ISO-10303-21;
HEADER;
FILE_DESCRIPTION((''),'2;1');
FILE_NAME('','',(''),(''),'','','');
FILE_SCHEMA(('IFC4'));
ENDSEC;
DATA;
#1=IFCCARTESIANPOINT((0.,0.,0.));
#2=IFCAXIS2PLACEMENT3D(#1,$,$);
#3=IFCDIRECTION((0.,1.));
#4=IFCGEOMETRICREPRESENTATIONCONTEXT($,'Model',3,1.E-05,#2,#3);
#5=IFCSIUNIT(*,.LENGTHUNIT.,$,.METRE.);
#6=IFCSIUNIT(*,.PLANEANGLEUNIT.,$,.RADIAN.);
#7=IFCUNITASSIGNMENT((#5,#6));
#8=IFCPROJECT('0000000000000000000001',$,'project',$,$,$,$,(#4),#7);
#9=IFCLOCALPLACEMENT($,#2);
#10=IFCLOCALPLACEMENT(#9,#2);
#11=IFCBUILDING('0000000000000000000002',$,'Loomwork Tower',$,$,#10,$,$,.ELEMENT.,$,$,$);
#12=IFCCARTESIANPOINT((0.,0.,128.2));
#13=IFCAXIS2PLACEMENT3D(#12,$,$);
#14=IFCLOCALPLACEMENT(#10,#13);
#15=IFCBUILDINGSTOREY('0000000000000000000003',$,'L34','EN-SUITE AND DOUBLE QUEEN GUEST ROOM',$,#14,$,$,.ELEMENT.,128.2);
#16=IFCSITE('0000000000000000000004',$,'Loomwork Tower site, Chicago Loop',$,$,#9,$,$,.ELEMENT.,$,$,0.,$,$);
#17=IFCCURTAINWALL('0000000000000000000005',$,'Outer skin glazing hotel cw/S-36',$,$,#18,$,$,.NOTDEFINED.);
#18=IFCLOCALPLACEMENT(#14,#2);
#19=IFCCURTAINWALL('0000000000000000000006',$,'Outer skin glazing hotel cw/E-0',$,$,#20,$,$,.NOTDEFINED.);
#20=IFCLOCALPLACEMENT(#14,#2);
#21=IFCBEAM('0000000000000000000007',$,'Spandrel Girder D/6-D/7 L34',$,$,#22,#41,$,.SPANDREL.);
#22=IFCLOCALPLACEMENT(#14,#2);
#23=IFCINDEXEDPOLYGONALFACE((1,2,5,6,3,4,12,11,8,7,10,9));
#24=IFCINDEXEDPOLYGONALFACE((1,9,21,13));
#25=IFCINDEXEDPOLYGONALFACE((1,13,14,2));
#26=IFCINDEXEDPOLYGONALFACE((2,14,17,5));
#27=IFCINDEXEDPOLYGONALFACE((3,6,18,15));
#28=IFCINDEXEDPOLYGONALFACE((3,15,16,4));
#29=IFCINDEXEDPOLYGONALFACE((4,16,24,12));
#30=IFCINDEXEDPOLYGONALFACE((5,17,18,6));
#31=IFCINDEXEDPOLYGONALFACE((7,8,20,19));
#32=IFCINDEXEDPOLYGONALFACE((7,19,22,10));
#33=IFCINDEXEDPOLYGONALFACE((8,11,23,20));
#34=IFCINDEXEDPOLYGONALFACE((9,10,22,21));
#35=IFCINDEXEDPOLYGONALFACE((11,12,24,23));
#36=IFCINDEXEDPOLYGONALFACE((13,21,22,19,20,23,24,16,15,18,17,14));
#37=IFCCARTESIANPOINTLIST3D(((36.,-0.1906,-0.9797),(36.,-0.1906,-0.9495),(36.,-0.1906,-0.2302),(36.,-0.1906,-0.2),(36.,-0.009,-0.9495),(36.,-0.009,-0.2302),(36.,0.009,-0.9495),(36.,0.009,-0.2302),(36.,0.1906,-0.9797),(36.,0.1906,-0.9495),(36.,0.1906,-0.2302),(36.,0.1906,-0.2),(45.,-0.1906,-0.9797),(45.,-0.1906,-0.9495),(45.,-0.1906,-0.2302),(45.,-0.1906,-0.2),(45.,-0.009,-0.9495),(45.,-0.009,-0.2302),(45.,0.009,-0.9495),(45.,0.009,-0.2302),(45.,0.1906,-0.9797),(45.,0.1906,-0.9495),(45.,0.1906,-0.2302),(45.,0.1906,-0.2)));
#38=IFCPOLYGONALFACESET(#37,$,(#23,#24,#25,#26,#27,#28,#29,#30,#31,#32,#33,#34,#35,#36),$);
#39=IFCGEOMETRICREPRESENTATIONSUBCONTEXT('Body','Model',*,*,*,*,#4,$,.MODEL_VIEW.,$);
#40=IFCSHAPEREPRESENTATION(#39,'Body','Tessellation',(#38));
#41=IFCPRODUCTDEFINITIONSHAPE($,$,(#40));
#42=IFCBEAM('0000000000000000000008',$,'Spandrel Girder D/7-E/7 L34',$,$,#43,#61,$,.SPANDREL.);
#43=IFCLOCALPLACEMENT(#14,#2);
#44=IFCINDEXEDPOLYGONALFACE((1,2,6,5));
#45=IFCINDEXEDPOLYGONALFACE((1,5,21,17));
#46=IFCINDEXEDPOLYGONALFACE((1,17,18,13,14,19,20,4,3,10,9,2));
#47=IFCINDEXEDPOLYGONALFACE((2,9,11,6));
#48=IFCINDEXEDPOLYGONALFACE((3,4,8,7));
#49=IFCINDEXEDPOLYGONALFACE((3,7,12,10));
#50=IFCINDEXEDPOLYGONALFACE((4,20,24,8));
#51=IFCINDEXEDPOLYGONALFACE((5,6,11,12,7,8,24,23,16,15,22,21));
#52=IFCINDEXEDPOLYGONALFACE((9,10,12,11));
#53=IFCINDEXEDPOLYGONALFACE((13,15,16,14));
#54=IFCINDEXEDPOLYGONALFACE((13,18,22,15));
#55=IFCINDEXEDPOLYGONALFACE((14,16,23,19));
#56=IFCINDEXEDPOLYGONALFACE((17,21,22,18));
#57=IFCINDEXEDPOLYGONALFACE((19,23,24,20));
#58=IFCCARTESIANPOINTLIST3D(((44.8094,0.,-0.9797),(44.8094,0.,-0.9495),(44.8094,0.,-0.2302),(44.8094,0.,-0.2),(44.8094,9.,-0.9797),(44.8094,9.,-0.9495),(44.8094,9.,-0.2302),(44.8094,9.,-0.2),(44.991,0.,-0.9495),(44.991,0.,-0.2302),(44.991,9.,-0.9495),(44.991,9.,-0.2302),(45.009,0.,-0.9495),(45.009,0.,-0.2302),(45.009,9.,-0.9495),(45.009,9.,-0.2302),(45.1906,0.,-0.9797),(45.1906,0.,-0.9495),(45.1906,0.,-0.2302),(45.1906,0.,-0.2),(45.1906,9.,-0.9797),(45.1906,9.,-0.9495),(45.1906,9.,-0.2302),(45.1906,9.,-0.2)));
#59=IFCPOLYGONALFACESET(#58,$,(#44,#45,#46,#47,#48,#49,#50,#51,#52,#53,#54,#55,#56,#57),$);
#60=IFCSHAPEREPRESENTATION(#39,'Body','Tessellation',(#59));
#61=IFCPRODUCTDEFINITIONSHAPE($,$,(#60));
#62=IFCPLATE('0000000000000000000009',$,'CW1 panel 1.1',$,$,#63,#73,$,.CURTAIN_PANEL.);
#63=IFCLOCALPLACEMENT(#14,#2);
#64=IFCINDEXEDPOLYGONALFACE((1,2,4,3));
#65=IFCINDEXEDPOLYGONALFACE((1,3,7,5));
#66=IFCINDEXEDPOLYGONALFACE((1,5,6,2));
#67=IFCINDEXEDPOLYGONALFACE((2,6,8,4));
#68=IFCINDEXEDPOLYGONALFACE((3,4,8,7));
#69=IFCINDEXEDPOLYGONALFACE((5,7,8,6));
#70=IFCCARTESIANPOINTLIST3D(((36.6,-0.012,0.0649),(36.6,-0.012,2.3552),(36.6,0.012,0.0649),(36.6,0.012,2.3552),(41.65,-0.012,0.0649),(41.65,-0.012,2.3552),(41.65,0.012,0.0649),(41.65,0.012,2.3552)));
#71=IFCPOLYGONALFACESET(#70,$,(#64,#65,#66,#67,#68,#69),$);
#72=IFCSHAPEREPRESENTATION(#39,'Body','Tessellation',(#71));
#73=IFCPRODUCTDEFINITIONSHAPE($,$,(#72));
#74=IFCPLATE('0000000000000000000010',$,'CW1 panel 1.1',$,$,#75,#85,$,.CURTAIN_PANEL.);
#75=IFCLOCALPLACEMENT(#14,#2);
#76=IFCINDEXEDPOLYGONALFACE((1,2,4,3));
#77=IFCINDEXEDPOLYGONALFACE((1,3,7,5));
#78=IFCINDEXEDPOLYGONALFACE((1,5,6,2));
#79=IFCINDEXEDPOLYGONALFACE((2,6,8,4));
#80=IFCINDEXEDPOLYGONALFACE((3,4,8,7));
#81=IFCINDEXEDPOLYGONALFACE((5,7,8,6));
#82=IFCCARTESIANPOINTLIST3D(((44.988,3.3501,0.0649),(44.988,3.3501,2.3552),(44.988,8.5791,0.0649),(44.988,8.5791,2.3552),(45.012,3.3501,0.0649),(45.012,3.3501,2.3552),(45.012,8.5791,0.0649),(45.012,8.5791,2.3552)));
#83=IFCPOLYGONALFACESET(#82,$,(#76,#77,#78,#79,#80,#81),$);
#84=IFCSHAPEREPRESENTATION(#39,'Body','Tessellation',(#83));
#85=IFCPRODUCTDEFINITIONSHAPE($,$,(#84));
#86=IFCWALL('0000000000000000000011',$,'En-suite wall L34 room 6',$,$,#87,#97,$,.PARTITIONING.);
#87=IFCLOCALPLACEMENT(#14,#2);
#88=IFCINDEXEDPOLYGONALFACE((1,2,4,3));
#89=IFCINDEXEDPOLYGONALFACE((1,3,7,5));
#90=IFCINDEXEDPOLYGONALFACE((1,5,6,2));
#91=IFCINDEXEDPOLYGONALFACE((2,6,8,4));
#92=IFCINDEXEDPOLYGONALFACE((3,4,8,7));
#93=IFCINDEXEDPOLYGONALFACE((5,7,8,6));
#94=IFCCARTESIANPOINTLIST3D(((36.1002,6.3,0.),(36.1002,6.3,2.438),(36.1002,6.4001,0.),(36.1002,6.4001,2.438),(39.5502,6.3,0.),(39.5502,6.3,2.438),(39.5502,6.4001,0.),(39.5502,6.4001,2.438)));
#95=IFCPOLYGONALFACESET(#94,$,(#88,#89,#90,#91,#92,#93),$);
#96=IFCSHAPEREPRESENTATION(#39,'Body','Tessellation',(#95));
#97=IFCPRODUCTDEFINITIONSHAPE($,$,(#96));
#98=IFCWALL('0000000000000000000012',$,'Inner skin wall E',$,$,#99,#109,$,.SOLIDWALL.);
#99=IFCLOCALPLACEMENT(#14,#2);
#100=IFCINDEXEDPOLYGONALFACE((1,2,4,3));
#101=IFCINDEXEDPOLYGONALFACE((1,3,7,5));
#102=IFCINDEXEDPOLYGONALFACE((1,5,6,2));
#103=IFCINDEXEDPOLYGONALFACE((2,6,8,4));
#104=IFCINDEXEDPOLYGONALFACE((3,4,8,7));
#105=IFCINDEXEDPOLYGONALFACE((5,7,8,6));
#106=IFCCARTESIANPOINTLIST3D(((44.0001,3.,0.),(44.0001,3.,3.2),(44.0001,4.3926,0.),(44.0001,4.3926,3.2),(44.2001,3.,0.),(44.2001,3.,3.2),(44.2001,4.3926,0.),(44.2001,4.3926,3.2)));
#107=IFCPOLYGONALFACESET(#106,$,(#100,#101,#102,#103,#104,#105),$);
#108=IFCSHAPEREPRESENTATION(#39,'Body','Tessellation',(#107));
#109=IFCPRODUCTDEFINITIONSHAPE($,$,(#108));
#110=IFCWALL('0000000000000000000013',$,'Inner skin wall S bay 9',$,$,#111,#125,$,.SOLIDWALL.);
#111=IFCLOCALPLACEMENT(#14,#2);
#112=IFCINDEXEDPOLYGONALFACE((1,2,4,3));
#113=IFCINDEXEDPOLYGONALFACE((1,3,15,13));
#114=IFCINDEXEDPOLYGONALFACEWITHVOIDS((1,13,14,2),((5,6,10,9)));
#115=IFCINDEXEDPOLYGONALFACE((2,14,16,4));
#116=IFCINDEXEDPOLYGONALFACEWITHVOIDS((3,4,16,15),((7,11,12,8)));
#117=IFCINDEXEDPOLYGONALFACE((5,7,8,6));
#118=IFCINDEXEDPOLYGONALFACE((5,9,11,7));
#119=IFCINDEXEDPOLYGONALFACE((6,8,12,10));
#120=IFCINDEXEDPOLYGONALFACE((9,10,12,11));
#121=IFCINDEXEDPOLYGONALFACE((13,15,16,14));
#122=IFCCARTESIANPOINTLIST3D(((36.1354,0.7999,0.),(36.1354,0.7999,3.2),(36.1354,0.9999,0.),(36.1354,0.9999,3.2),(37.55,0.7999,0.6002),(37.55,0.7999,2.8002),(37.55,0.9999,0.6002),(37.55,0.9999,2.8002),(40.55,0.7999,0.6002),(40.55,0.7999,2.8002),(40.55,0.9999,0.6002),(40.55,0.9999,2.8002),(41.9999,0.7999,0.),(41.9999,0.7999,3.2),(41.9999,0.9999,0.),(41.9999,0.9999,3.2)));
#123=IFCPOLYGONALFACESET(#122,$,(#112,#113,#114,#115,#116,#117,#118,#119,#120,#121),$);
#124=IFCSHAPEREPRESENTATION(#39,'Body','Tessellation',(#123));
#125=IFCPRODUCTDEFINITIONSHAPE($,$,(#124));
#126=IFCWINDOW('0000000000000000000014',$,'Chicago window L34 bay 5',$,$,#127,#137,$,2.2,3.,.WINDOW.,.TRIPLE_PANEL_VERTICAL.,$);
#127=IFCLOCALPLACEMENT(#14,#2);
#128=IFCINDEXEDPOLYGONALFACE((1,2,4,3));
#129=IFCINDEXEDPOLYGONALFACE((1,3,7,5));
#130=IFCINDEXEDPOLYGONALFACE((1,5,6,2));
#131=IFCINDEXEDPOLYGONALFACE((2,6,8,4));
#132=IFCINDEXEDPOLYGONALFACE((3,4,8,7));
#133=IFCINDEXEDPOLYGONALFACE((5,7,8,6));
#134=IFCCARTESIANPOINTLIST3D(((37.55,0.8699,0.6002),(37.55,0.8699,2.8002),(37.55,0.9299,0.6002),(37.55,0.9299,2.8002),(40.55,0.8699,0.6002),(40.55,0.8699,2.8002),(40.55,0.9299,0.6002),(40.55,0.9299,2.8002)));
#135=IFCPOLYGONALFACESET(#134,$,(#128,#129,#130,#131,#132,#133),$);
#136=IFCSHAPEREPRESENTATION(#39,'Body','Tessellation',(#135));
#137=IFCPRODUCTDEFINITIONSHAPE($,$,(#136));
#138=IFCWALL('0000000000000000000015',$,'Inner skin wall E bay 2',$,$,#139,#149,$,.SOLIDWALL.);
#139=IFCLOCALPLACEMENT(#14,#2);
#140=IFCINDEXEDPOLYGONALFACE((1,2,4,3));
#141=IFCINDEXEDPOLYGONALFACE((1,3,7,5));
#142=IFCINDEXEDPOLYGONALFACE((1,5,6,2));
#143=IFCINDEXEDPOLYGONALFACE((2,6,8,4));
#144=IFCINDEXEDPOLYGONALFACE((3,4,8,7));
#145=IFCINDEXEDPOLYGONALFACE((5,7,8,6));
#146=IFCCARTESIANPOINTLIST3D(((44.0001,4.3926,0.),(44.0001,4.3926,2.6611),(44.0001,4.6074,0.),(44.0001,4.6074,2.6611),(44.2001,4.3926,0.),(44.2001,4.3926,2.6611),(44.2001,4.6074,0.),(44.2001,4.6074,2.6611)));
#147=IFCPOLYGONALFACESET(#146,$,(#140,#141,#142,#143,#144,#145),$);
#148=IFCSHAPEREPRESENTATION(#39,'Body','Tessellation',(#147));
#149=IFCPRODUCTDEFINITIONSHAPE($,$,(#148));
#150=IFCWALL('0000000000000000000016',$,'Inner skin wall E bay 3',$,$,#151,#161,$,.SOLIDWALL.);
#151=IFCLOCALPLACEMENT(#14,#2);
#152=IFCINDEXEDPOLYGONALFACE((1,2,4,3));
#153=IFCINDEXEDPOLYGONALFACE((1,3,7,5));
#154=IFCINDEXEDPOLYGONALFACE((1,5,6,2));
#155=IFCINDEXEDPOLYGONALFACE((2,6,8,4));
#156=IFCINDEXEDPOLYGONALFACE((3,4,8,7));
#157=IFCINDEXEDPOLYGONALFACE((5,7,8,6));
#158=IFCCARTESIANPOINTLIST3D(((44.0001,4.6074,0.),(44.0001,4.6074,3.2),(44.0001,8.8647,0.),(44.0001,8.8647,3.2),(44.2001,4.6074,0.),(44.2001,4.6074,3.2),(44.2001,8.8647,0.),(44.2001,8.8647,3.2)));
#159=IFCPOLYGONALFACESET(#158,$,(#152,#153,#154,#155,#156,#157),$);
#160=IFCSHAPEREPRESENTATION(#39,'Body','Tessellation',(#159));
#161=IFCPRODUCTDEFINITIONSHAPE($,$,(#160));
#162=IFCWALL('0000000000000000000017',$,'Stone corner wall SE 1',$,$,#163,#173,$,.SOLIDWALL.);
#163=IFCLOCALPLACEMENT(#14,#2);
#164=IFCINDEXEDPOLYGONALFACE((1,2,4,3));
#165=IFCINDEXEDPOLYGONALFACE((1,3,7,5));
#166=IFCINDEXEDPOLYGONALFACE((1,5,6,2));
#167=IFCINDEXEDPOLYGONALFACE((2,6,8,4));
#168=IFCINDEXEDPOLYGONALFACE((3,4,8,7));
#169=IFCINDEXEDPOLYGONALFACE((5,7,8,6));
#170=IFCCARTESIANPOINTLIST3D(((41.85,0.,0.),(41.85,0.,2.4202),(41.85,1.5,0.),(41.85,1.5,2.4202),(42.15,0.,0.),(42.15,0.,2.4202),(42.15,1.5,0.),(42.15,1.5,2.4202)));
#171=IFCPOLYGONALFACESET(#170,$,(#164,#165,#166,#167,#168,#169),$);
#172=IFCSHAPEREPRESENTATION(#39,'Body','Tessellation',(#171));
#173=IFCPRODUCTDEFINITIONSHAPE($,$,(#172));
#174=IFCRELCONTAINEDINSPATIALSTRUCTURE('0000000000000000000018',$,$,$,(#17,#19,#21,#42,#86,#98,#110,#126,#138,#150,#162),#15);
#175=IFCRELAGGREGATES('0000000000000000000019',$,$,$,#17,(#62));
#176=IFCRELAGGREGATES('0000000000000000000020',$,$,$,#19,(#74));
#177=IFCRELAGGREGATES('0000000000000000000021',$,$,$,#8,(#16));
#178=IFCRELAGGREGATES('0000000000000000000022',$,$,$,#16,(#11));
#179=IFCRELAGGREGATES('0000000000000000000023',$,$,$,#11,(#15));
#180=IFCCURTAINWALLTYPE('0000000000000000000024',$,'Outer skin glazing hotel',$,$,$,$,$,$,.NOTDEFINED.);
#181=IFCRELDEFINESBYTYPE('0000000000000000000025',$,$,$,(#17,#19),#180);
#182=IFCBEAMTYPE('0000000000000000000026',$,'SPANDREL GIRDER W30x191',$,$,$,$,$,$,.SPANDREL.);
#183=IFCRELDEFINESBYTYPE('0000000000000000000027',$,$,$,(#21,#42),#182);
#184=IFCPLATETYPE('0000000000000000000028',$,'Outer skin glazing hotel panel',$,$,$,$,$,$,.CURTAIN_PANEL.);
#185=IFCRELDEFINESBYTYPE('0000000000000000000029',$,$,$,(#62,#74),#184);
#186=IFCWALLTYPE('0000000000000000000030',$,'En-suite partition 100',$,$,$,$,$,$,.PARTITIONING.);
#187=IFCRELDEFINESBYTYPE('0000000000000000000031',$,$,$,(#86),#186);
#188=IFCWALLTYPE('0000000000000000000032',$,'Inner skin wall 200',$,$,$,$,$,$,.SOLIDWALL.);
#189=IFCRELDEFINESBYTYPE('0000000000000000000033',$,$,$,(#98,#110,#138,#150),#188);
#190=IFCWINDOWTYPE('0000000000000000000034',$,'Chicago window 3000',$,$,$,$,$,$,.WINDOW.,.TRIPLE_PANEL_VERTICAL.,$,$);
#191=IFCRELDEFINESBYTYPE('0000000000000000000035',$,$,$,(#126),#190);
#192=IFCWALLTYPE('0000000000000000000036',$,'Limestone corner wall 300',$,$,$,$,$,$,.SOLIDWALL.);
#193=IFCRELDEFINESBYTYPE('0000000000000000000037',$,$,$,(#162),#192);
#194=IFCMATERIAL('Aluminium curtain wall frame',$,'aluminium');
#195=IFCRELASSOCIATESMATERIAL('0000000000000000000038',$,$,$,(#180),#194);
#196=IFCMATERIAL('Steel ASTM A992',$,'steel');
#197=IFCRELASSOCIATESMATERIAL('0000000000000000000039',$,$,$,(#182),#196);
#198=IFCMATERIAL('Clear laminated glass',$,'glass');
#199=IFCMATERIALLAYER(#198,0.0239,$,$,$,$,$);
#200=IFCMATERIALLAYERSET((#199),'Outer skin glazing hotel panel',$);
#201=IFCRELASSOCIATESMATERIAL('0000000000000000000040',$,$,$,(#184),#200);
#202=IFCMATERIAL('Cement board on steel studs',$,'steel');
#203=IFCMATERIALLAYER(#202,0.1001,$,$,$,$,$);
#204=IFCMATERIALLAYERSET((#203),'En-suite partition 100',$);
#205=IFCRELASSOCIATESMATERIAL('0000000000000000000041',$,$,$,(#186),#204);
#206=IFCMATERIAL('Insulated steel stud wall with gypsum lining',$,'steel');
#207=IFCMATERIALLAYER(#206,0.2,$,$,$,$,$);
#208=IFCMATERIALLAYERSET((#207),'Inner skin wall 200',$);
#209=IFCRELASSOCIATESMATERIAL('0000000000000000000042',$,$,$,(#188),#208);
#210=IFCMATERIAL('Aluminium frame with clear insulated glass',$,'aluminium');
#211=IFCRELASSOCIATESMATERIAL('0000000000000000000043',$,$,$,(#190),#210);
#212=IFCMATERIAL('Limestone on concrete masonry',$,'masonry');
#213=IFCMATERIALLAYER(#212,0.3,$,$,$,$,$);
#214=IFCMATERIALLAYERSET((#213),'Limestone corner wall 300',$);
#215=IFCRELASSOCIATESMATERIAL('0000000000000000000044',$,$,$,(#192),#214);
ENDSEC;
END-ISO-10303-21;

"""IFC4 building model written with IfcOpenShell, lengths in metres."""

from ifc_helpers import new_model, si_unit, direction, frame, frame_2d, origin, origin_2d, place, context, subcontext, project, spatial, rectangle, i_section, extrude, material, layer, layer_set, material_profile, profile_set, type_object, element, fill, aggregate, save


model = new_model("IFC4")

# Units and contexts
model_context = context("Model", 3, precision=1e-05, world=origin(), true_north=direction((0.0, 1.0)))
body_context = subcontext(model_context, "Body", "Model", "MODEL_VIEW")
ifc_project = project(units=[si_unit("LENGTHUNIT", "METRE"), si_unit("PLANEANGLEUNIT", "RADIAN")], contexts=[model_context])

# Site, building, storey
site_placement = place(None, origin())
site = spatial("IfcSite", under=ifc_project, at=site_placement, Name="Loomwork Tower site, Chicago Loop", CompositionType="ELEMENT", RefElevation=0.0)
building_placement = place(site_placement, origin())
building = spatial("IfcBuilding", under=site, at=building_placement, Name="Loomwork Tower", CompositionType="ELEMENT")
storey_placement = place(building_placement, frame((0.0, 0.0, 128.2)))
storey = spatial("IfcBuildingStorey", under=building, at=storey_placement, Name="L34", Description="EN-SUITE AND DOUBLE QUEEN GUEST ROOM", CompositionType="ELEMENT", Elevation=128.2)

# Curtain wall
ifc_material_1 = material(Name="Aluminium curtain wall frame", Category="aluminium")
curtain_wall_type = type_object("IfcCurtainWallType", Name="Outer skin glazing hotel", PredefinedType="NOTDEFINED", material=ifc_material_1)
curtain_wall_1_placement = place(storey_placement, origin())
curtain_wall_1 = element("IfcCurtainWall", 1, at=curtain_wall_1_placement, inside=storey, type_object=curtain_wall_type, Name="Outer skin glazing hotel cw/S-36", PredefinedType="NOTDEFINED")

# Curtain wall
curtain_wall_2_placement = place(storey_placement, origin())
curtain_wall_2 = element("IfcCurtainWall", 2, at=curtain_wall_2_placement, inside=storey, type_object=curtain_wall_type, Name="Outer skin glazing hotel cw/E-0", PredefinedType="NOTDEFINED")

# Beams
ifc_material_2 = material(Name="Steel ASTM A992", Category="steel")
ifc_material_profile_1 = material_profile(ifc_material_2, i_section(OverallWidth=0.3811, OverallDepth=0.7798, WebThickness=0.0181, FlangeThickness=0.0303, at=origin_2d()), Name="W30x191")
ifc_profile_set_1 = profile_set([ifc_material_profile_1], Name="Steel ASTM A992")
beam_type_1 = type_object("IfcBeamType", Name="SPANDREL GIRDER W30x191", PredefinedType="SPANDREL", material=ifc_profile_set_1)
for number, where, z_axis, x_axis, name in (
    (3, (36.0, 0.0, -0.5898), (1.0, 0.0, 0.0), (0.0, 1.0, 0.0), "Spandrel Girder D/6-D/7 L34"),
    (4, (45.0, 0.0, -0.5898), (0.0, 1.0, 0.0), (-1.0, 0.0, 0.0), "Spandrel Girder D/7-E/7 L34"),
):
    element("IfcBeam", number, at=place(storey_placement, frame(where, z_axis=z_axis, x_axis=x_axis)), inside=storey, type_object=beam_type_1, Name=name, PredefinedType="SPANDREL", context=body_context, shape_type="SweptSolid", body=[
        extrude(i_section(OverallWidth=0.3811, OverallDepth=0.7798, WebThickness=0.0181, FlangeThickness=0.0303, at=origin_2d()), origin(), (0.0, 0.0, 1.0), 9.0),
    ])

# Plates
ifc_material_3 = material(Name="Clear laminated glass", Category="glass")
ifc_layer_1 = layer(ifc_material_3, 0.0239)
ifc_layer_set_1 = layer_set([ifc_layer_1], Name="Outer skin glazing hotel panel")
plate_type = type_object("IfcPlateType", Name="Outer skin glazing hotel panel", PredefinedType="CURTAIN_PANEL", material=ifc_layer_set_1)
plate_1_placement = place(storey_placement, frame((39.125, 0.0, 0.0649), z_axis=(0.0, 0.0, 1.0), x_axis=(1.0, 0.0, 0.0)))
plate_1 = element("IfcPlate", 5, at=plate_1_placement, type_object=plate_type, Name="CW1 panel 1.1", PredefinedType="CURTAIN_PANEL", context=body_context, shape_type="SweptSolid", body=[
    extrude(rectangle(XDim=5.05, YDim=0.0239, at=origin_2d()), origin(), (0.0, 0.0, 1.0), 2.2903),
])
aggregate(curtain_wall_1, [plate_1])
plate_2_placement = place(storey_placement, frame((45.0, 5.9646, 0.0649), z_axis=(0.0, 0.0, 1.0), x_axis=(0.0, 1.0, 0.0)))
plate_2 = element("IfcPlate", 6, at=plate_2_placement, type_object=plate_type, Name="CW1 panel 1.1", PredefinedType="CURTAIN_PANEL", context=body_context, shape_type="SweptSolid", body=[
    extrude(rectangle(XDim=5.229, YDim=0.0239, at=origin_2d()), origin(), (0.0, 0.0, 1.0), 2.2903),
])
aggregate(curtain_wall_2, [plate_2])

# Walls
ifc_material_4 = material(Name="Cement board on steel studs", Category="steel")
ifc_layer_2 = layer(ifc_material_4, 0.1001)
ifc_layer_set_2 = layer_set([ifc_layer_2], Name="En-suite partition 100")
wall_type_1 = type_object("IfcWallType", Name="En-suite partition 100", PredefinedType="PARTITIONING", material=ifc_layer_set_2)
wall_1_placement = place(storey_placement, frame((36.1001, 6.3501, 0.0), z_axis=(0.0, 0.0, 1.0), x_axis=(1.0, 0.0, 0.0)))
element("IfcWall", 7, at=wall_1_placement, inside=storey, type_object=wall_type_1, Name="En-suite wall L34 room 6", PredefinedType="PARTITIONING", context=body_context, shape_type="SweptSolid", body=[
    extrude(rectangle(XDim=3.45, YDim=0.1001, at=frame_2d((1.7251, 0.0))), origin(), (0.0, 0.0, 1.0), 2.438),
])
ifc_material_5 = material(Name="Insulated steel stud wall with gypsum lining", Category="steel")
ifc_layer_3 = layer(ifc_material_5, 0.2)
ifc_layer_set_3 = layer_set([ifc_layer_3], Name="Inner skin wall 200")
wall_type_2 = type_object("IfcWallType", Name="Inner skin wall 200", PredefinedType="SOLIDWALL", material=ifc_layer_set_3)
wall_2_placement = place(storey_placement, frame((44.1001, 3.0, 0.0), z_axis=(0.0, 0.0, 1.0), x_axis=(0.0, 1.0, 0.0)))
element("IfcWall", 8, at=wall_2_placement, inside=storey, type_object=wall_type_2, Name="Inner skin wall E", PredefinedType="SOLIDWALL", context=body_context, shape_type="SweptSolid", body=[
    extrude(rectangle(XDim=1.3926, YDim=0.2, at=frame_2d((0.6963, 0.0))), origin(), (0.0, 0.0, 1.0), 3.2),
])

# Wall, opening, window
wall_3_placement = place(storey_placement, frame((36.1355, 0.8999, 0.0), z_axis=(0.0, 0.0, 1.0), x_axis=(1.0, 0.0, 0.0)))
wall_3 = element("IfcWall", 9, at=wall_3_placement, inside=storey, type_object=wall_type_2, Name="Inner skin wall S bay 9", PredefinedType="SOLIDWALL", context=body_context, shape_type="SweptSolid", body=[
    extrude(rectangle(XDim=5.8645, YDim=0.2, at=frame_2d((2.9321, 0.0))), origin(), (0.0, 0.0, 1.0), 3.2),
])
opening_1_placement = place(wall_3_placement, frame((1.4146, 0.0, 0.6001)))
opening_1 = element("IfcOpeningElement", 10, at=opening_1_placement, cuts=wall_3, PredefinedType="OPENING", context=body_context, shape_type="SweptSolid", body=[
    extrude(rectangle(XDim=3.0, YDim=2.2, at=frame_2d((1.5, 1.1001))), frame((0.0, 0.1099, 0.0), z_axis=(0.0, -1.0, 0.0), x_axis=(1.0, 0.0, 0.0)), (0.0, 0.0, 1.0), 0.22),
])
ifc_material_6 = material(Name="Aluminium frame with clear insulated glass", Category="aluminium")
window_type_1 = type_object("IfcWindowType", Name="Chicago window 3000", PartitioningType="TRIPLE_PANEL_VERTICAL", PredefinedType="WINDOW", material=ifc_material_6)
window_1_placement = place(opening_1_placement, origin())
window_1 = element("IfcWindow", 11, at=window_1_placement, inside=storey, type_object=window_type_1, Name="Chicago window L34 bay 5", OverallHeight=2.2, OverallWidth=3.0, PartitioningType="TRIPLE_PANEL_VERTICAL", PredefinedType="WINDOW", context=body_context, shape_type="SweptSolid", body=[
    extrude(rectangle(XDim=3.0, YDim=2.2, at=frame_2d((1.5, 1.1001))), frame((0.0, 0.03, 0.0), z_axis=(0.0, -1.0, 0.0), x_axis=(1.0, 0.0, 0.0)), (0.0, 0.0, 1.0), 0.0601),
])
fill(opening_1, window_1)

# Walls
wall_4_placement = place(storey_placement, frame((44.1001, 4.3926, 0.0), z_axis=(0.0, 0.0, 1.0), x_axis=(0.0, 1.0, 0.0)))
element("IfcWall", 12, at=wall_4_placement, inside=storey, type_object=wall_type_2, Name="Inner skin wall E bay 2", PredefinedType="SOLIDWALL", context=body_context, shape_type="SweptSolid", body=[
    extrude(rectangle(XDim=0.2148, YDim=0.2, at=frame_2d((0.1074, 0.0))), origin(), (0.0, 0.0, 1.0), 2.6611),
])
wall_5_placement = place(storey_placement, frame((44.1001, 4.6074, 0.0), z_axis=(0.0, 0.0, 1.0), x_axis=(0.0, 1.0, 0.0)))
element("IfcWall", 13, at=wall_5_placement, inside=storey, type_object=wall_type_2, Name="Inner skin wall E bay 3", PredefinedType="SOLIDWALL", context=body_context, shape_type="SweptSolid", body=[
    extrude(rectangle(XDim=4.2573, YDim=0.2, at=frame_2d((2.1287, 0.0))), origin(), (0.0, 0.0, 1.0), 3.2),
])
ifc_material_7 = material(Name="Limestone on concrete masonry", Category="masonry")
ifc_layer_4 = layer(ifc_material_7, 0.3)
ifc_layer_set_4 = layer_set([ifc_layer_4], Name="Limestone corner wall 300")
wall_type_3 = type_object("IfcWallType", Name="Limestone corner wall 300", PredefinedType="SOLIDWALL", material=ifc_layer_set_4)
wall_6_placement = place(storey_placement, frame((42.0, 0.0, 0.0), z_axis=(0.0, 0.0, 1.0), x_axis=(0.0, 1.0, 0.0)))
element("IfcWall", 14, at=wall_6_placement, inside=storey, type_object=wall_type_3, Name="Stone corner wall SE 1", PredefinedType="SOLIDWALL", context=body_context, shape_type="SweptSolid", body=[
    extrude(rectangle(XDim=1.5, YDim=0.3, at=frame_2d((0.75, 0.0))), origin(), (0.0, 0.0, 1.0), 2.4202),
])

save(model, "model.ifc")
